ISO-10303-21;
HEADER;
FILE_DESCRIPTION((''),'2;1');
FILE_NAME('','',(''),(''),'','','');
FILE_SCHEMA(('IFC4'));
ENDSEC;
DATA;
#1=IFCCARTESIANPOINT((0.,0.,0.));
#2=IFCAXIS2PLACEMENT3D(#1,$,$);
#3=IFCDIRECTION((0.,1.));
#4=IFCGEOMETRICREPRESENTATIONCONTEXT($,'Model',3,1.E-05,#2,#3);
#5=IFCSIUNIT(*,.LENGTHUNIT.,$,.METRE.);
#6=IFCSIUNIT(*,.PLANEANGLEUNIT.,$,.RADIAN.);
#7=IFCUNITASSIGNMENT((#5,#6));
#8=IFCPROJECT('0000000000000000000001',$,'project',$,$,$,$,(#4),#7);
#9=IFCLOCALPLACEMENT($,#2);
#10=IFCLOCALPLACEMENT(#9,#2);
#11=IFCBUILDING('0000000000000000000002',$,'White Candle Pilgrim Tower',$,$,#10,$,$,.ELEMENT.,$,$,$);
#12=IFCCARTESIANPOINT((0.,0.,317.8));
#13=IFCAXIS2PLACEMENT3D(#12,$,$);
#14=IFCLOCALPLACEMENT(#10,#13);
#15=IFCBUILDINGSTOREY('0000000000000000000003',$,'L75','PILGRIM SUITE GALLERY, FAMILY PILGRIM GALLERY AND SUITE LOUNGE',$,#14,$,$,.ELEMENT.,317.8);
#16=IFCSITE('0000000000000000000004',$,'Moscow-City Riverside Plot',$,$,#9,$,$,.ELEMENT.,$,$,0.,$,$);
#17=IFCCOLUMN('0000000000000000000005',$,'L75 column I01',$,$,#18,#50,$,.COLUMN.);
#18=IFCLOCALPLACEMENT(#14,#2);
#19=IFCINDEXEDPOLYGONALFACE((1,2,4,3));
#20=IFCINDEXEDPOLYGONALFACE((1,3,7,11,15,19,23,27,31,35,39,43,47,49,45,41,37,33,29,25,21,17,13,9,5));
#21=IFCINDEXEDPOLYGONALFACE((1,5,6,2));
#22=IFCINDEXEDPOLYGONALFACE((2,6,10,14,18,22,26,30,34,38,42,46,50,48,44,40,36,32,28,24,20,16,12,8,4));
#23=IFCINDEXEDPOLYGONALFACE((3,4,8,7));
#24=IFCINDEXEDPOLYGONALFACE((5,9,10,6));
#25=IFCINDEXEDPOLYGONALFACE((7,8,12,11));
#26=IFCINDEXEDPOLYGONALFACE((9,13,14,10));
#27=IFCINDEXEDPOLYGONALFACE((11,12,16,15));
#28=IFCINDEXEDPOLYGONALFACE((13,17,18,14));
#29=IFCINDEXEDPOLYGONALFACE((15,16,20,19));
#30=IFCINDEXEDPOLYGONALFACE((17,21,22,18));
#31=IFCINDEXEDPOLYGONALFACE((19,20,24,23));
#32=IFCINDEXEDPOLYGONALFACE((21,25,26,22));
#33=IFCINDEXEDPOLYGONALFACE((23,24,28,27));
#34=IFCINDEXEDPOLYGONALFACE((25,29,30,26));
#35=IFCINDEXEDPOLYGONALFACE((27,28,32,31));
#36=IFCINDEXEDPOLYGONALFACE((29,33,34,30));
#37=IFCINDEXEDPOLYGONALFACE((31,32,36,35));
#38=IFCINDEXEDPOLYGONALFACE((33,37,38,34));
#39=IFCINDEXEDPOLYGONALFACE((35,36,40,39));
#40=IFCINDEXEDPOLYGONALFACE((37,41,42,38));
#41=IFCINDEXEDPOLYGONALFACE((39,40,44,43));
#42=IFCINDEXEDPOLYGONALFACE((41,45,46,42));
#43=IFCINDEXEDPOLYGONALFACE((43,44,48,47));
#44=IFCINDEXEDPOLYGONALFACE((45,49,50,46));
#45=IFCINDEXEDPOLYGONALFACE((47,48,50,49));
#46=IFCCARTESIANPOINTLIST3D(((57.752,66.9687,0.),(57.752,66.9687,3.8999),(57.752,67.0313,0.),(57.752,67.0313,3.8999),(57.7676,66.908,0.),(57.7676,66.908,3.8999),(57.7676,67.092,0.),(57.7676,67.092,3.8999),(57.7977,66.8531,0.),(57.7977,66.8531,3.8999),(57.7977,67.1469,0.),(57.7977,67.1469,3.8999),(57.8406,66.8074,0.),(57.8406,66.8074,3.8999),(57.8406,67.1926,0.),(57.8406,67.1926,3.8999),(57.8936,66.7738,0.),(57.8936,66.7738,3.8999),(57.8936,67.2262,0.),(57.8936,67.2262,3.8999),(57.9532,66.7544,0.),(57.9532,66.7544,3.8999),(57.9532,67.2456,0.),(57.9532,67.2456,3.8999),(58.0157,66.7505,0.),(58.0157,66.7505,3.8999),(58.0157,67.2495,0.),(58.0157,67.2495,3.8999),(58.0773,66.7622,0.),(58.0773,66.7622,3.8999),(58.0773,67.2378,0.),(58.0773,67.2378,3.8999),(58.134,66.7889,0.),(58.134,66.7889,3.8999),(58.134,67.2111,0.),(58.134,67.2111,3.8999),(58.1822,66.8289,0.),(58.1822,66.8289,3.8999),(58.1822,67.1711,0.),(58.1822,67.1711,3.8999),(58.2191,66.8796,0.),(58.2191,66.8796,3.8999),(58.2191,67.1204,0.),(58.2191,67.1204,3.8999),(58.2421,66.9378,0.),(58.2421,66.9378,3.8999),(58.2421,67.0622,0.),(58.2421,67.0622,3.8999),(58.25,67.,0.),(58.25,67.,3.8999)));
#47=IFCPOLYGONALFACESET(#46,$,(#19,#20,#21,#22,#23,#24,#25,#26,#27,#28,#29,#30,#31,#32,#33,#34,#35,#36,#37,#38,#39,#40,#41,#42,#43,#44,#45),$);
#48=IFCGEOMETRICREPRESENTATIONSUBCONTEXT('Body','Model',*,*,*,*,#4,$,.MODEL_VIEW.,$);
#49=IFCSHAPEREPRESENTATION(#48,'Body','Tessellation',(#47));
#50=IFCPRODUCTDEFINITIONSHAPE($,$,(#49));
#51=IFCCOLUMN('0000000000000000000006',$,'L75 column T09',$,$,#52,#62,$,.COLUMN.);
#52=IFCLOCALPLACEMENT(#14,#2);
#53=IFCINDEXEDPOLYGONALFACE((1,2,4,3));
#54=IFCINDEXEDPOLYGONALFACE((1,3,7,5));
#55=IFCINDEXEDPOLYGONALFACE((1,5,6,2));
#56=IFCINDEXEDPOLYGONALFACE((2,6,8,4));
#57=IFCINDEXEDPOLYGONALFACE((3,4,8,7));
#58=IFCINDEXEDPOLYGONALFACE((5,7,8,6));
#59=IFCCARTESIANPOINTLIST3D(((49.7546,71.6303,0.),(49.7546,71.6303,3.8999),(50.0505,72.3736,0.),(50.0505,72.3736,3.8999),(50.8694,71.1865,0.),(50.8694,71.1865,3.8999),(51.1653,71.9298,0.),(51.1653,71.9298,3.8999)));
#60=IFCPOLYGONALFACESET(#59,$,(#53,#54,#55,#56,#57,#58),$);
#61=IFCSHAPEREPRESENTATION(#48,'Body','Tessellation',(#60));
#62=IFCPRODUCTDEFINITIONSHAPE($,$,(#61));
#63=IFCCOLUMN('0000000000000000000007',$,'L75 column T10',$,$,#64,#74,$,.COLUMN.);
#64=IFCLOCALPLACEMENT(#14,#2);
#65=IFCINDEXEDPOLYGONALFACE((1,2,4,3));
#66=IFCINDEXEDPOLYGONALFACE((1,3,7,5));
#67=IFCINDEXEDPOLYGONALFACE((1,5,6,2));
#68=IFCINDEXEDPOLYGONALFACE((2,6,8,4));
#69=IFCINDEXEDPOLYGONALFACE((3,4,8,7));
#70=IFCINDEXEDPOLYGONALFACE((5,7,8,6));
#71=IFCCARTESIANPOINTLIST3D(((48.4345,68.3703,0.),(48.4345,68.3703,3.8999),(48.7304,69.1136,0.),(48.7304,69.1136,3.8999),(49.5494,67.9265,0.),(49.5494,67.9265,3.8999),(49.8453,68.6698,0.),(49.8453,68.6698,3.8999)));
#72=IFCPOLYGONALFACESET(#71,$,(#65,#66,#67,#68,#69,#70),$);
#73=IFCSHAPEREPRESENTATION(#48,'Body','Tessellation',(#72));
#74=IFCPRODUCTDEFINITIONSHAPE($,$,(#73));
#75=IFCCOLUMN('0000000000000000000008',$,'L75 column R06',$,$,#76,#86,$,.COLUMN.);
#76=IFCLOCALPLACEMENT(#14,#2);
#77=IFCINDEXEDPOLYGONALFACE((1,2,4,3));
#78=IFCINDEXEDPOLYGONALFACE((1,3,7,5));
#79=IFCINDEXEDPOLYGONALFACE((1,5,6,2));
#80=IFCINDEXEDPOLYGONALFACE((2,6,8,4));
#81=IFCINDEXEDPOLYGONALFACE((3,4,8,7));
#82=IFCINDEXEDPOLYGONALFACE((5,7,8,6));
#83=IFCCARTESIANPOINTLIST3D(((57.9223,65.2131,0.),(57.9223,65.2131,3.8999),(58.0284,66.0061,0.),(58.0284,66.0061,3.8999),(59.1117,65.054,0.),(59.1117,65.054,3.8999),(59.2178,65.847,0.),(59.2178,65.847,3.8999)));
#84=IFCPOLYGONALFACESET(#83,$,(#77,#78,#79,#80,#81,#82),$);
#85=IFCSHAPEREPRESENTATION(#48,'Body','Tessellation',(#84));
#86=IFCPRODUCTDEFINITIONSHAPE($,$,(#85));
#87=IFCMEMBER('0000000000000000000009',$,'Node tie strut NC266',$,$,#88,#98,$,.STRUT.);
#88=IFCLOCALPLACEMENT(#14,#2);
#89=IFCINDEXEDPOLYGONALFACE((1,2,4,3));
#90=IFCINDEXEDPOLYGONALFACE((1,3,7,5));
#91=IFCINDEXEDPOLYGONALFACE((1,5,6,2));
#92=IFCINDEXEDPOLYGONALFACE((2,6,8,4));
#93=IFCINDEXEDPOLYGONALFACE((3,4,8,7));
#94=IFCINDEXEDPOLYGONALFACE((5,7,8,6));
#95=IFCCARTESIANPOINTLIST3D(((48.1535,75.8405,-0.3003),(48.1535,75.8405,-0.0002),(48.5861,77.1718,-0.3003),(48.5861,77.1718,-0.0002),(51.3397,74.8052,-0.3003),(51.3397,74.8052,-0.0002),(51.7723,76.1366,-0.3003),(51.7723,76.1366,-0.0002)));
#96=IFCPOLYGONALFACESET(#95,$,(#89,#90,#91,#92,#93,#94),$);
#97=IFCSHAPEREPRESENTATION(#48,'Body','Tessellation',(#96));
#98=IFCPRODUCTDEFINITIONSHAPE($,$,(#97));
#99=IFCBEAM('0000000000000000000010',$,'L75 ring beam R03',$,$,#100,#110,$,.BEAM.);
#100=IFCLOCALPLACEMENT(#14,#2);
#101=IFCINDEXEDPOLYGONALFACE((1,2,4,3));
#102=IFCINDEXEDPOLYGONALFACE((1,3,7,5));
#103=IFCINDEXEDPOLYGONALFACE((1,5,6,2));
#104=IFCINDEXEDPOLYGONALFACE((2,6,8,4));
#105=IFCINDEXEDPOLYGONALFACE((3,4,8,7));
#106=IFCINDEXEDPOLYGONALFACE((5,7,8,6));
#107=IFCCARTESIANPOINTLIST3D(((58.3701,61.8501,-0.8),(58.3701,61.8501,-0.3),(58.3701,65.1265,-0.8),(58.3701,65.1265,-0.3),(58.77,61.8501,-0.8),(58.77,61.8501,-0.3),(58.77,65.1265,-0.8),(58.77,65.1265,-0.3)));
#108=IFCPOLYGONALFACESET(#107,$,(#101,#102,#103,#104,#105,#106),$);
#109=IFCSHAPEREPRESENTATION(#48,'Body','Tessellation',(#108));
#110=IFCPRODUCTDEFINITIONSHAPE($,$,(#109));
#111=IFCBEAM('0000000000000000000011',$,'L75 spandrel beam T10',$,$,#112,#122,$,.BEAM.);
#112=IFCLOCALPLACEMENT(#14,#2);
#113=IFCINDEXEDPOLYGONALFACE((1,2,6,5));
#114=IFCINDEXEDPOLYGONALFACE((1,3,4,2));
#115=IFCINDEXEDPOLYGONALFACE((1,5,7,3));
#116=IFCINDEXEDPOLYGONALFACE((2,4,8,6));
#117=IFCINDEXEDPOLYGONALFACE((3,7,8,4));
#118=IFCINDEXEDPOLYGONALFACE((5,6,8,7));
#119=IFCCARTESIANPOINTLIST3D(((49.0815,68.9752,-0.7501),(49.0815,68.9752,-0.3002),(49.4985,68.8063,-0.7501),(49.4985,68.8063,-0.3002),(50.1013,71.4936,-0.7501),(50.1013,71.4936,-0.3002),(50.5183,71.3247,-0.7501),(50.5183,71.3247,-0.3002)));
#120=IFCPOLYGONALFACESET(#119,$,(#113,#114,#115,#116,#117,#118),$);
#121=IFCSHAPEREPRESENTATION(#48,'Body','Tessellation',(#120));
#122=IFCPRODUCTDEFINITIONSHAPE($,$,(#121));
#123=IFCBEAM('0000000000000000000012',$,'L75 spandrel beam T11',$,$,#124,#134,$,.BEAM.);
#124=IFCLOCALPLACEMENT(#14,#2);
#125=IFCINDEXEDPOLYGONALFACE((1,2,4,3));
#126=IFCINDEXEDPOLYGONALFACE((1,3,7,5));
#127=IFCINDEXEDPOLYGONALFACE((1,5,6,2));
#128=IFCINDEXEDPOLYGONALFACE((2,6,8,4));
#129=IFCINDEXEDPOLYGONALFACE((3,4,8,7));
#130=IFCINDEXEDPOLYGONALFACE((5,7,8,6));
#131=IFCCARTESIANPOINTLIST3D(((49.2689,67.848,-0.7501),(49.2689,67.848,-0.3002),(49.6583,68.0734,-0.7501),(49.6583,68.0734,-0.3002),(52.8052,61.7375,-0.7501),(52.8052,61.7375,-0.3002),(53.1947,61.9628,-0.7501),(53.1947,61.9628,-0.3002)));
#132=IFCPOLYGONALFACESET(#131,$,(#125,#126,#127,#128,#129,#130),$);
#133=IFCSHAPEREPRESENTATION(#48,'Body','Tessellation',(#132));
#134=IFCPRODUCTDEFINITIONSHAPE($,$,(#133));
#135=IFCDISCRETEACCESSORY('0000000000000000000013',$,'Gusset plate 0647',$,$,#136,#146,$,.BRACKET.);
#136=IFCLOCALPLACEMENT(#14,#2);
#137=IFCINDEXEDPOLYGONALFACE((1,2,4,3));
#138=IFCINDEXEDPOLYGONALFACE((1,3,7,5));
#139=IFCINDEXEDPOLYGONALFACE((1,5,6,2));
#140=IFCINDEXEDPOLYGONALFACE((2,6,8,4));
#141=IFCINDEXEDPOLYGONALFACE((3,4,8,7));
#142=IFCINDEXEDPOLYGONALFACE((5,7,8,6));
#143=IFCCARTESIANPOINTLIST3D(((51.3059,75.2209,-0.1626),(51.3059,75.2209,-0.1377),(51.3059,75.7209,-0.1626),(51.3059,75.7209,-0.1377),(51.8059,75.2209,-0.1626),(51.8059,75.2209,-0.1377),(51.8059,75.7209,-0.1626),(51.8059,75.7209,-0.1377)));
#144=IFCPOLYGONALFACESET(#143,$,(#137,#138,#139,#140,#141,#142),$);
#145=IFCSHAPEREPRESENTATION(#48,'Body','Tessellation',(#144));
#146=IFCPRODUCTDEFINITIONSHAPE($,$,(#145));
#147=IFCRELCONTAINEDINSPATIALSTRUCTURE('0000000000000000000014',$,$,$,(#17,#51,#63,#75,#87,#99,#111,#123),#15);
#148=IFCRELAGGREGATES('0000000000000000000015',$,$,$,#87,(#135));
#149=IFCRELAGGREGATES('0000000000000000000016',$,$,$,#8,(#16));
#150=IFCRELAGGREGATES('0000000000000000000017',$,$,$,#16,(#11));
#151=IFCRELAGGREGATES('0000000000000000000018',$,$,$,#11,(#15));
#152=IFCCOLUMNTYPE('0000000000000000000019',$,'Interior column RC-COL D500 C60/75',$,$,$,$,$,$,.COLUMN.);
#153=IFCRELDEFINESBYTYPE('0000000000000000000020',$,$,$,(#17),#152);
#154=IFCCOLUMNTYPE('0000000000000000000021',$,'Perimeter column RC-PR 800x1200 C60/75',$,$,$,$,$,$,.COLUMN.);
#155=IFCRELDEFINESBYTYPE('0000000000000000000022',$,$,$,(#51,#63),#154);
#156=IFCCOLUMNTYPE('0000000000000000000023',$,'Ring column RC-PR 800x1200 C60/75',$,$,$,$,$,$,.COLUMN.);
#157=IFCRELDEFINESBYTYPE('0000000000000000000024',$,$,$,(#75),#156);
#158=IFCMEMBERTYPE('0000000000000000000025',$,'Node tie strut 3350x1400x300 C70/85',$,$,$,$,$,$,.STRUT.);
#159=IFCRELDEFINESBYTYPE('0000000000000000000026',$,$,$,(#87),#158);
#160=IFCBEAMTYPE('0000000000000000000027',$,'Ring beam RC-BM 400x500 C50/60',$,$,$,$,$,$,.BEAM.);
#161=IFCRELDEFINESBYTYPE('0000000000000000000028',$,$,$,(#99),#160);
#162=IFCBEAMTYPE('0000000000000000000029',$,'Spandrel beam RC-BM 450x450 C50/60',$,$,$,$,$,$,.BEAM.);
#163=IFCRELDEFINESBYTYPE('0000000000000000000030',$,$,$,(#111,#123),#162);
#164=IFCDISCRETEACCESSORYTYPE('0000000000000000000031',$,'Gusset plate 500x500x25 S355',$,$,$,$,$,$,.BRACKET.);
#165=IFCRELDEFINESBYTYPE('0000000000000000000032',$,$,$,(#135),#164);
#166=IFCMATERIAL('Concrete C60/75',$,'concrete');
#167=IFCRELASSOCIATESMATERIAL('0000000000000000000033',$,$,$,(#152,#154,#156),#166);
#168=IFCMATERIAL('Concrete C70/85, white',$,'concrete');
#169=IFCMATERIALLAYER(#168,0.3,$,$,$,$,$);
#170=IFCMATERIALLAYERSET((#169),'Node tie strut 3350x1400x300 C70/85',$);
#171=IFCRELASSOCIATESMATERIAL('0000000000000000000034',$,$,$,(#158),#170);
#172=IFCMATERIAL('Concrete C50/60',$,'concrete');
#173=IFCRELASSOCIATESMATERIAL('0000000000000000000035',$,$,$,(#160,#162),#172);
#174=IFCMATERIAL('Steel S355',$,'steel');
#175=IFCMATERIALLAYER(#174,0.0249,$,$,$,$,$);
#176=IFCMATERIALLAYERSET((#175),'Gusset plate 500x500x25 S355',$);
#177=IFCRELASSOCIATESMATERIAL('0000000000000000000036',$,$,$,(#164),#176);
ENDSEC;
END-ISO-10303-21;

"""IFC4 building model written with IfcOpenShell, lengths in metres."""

from ifc_helpers import new_model, si_unit, direction, frame, origin, origin_2d, place, context, subcontext, project, spatial, rectangle, circle, extrude, material, layer, layer_set, material_profile, profile_set, type_object, element, aggregate, save


model = new_model("IFC4")

# Units and contexts
model_context = context("Model", 3, precision=1e-05, world=origin(), true_north=direction((0.0, 1.0)))
body_context = subcontext(model_context, "Body", "Model", "MODEL_VIEW")
ifc_project = project(units=[si_unit("LENGTHUNIT", "METRE"), si_unit("PLANEANGLEUNIT", "RADIAN")], contexts=[model_context])

# Site, building, storey
site_placement = place(None, origin())
site = spatial("IfcSite", under=ifc_project, at=site_placement, Name="Moscow-City Riverside Plot", CompositionType="ELEMENT", RefElevation=0.0)
building_placement = place(site_placement, origin())
building = spatial("IfcBuilding", under=site, at=building_placement, Name="White Candle Pilgrim Tower", CompositionType="ELEMENT")
storey_placement = place(building_placement, frame((0.0, 0.0, 317.8)))
storey = spatial("IfcBuildingStorey", under=building, at=storey_placement, Name="L75", Description="PILGRIM SUITE GALLERY, FAMILY PILGRIM GALLERY AND SUITE LOUNGE", CompositionType="ELEMENT", Elevation=317.8)

# Columns
ifc_material_1 = material(Name="Concrete C60/75", Category="concrete")
ifc_material_profile_1 = material_profile(ifc_material_1, circle(Radius=0.25, at=origin_2d()), Name="RC-COL D500")
ifc_profile_set_1 = profile_set([ifc_material_profile_1], Name="Concrete C60/75")
column_type_1 = type_object("IfcColumnType", Name="Interior column RC-COL D500 C60/75", PredefinedType="COLUMN", material=ifc_profile_set_1)
column_1_placement = place(storey_placement, frame((58.0, 67.0, 0.0), z_axis=(0.0, 0.0, 1.0), x_axis=(1.0, 0.0, 0.0)))
element("IfcColumn", 1, at=column_1_placement, inside=storey, type_object=column_type_1, Name="L75 column I01", PredefinedType="COLUMN", context=body_context, shape_type="SweptSolid", body=[
    extrude(circle(Radius=0.25, at=origin_2d()), origin(), (0.0, 0.0, 1.0), 3.8999),
])
ifc_material_profile_2 = material_profile(ifc_material_1, rectangle(XDim=0.8, YDim=1.2, at=origin_2d()), Name="RC-PR 800x1200")
ifc_profile_set_2 = profile_set([ifc_material_profile_2], Name="Concrete C60/75")
column_type_2 = type_object("IfcColumnType", Name="Perimeter column RC-PR 800x1200 C60/75", PredefinedType="COLUMN", material=ifc_profile_set_2)
for number, where, z_axis, x_axis, name in (
    (2, (50.46, 71.78, 0.0), (0.0, 0.0, 1.0), (0.36986, 0.929087, 0.0), "L75 column T09"),
    (3, (49.1399, 68.52, 0.0), (0.0, 0.0, 1.0), (0.36986, 0.929087, 0.0), "L75 column T10"),
):
    element("IfcColumn", number, at=place(storey_placement, frame(where, z_axis=z_axis, x_axis=x_axis)), inside=storey, type_object=column_type_2, Name=name, PredefinedType="COLUMN", context=body_context, shape_type="SweptSolid", body=[
        extrude(rectangle(XDim=0.8, YDim=1.2, at=origin_2d()), origin(), (0.0, 0.0, 1.0), 3.8999),
    ])
ifc_material_profile_3 = material_profile(ifc_material_1, rectangle(XDim=0.8, YDim=1.2, at=origin_2d()), Name="RC-PR 800x1200")
ifc_profile_set_3 = profile_set([ifc_material_profile_3], Name="Concrete C60/75")
column_type_3 = type_object("IfcColumnType", Name="Ring column RC-PR 800x1200 C60/75", PredefinedType="COLUMN", material=ifc_profile_set_3)
column_2_placement = place(storey_placement, frame((58.5701, 65.53, 0.0), z_axis=(0.0, 0.0, 1.0), x_axis=(0.132602, 0.991169, 0.0)))
element("IfcColumn", 4, at=column_2_placement, inside=storey, type_object=column_type_3, Name="L75 column R06", PredefinedType="COLUMN", context=body_context, shape_type="SweptSolid", body=[
    extrude(rectangle(XDim=0.8, YDim=1.2, at=origin_2d()), origin(), (0.0, 0.0, 1.0), 3.8999),
])

# Member
ifc_material_2 = material(Name="Concrete C70/85, white", Category="concrete")
ifc_layer_1 = layer(ifc_material_2, 0.3)
ifc_layer_set_1 = layer_set([ifc_layer_1], Name="Node tie strut 3350x1400x300 C70/85")
member_type = type_object("IfcMemberType", Name="Node tie strut 3350x1400x300 C70/85", PredefinedType="STRUT", material=ifc_layer_set_1)
member_placement = place(storey_placement, frame((49.9629, 75.9885, -0.3003), z_axis=(0.0, 0.0, 1.0), x_axis=(-0.309017, -0.951057, 0.0)))
member = element("IfcMember", 5, at=member_placement, inside=storey, type_object=member_type, Name="Node tie strut NC266", PredefinedType="STRUT", context=body_context, shape_type="SweptSolid", body=[
    extrude(rectangle(XDim=1.3999, YDim=3.3501, at=origin_2d()), origin(), (0.0, 0.0, 1.0), 0.3),
])

# Beams
ifc_material_3 = material(Name="Concrete C50/60", Category="concrete")
ifc_material_profile_4 = material_profile(ifc_material_3, rectangle(XDim=0.3999, YDim=0.5, at=origin_2d()), Name="RC-BM 400x500")
ifc_profile_set_4 = profile_set([ifc_material_profile_4], Name="Concrete C50/60")
beam_type_1 = type_object("IfcBeamType", Name="Ring beam RC-BM 400x500 C50/60", PredefinedType="BEAM", material=ifc_profile_set_4)
beam_1_placement = place(storey_placement, frame((58.5701, 65.1265, -0.55), z_axis=(0.0, -1.0, 0.0), x_axis=(1.0, 0.0, 0.0)))
element("IfcBeam", 6, at=beam_1_placement, inside=storey, type_object=beam_type_1, Name="L75 ring beam R03", PredefinedType="BEAM", context=body_context, shape_type="SweptSolid", body=[
    extrude(rectangle(XDim=0.3999, YDim=0.5, at=origin_2d()), origin(), (0.0, 0.0, 1.0), 3.2764),
])
ifc_material_profile_5 = material_profile(ifc_material_3, rectangle(XDim=0.45, YDim=0.45, at=origin_2d()), Name="RC-BM 450x450")
ifc_profile_set_5 = profile_set([ifc_material_profile_5], Name="Concrete C50/60")
beam_type_2 = type_object("IfcBeamType", Name="Spandrel beam RC-BM 450x450 C50/60", PredefinedType="BEAM", material=ifc_profile_set_5)
beam_2_placement = place(storey_placement, frame((50.3098, 71.4092, -0.5251), z_axis=(-0.375338, -0.926888, 0.0), x_axis=(0.926888, -0.375338, 0.0)))
element("IfcBeam", 7, at=beam_2_placement, inside=storey, type_object=beam_type_2, Name="L75 spandrel beam T10", PredefinedType="BEAM", context=body_context, shape_type="SweptSolid", body=[
    extrude(rectangle(XDim=0.45, YDim=0.45, at=origin_2d()), origin(), (0.0, 0.0, 1.0), 2.717),
])
beam_3_placement = place(storey_placement, frame((49.4636, 67.9607, -0.5251), z_axis=(0.500894, -0.865508, 0.0), x_axis=(0.865508, 0.500894, 0.0)))
element("IfcBeam", 8, at=beam_3_placement, inside=storey, type_object=beam_type_2, Name="L75 spandrel beam T11", PredefinedType="BEAM", context=body_context, shape_type="SweptSolid", body=[
    extrude(rectangle(XDim=0.45, YDim=0.45, at=origin_2d()), origin(), (0.0, 0.0, 1.0), 7.0601),
])

# Discrete accessory
ifc_material_4 = material(Name="Steel S355", Category="steel")
ifc_layer_2 = layer(ifc_material_4, 0.0249)
ifc_layer_set_2 = layer_set([ifc_layer_2], Name="Gusset plate 500x500x25 S355")
discrete_accessory_type = type_object("IfcDiscreteAccessoryType", Name="Gusset plate 500x500x25 S355", PredefinedType="BRACKET", material=ifc_layer_set_2)
discrete_accessory_placement = place(storey_placement, frame((51.5559, 75.4709, -0.1626), z_axis=(0.0, 0.0, 1.0), x_axis=(1.0, 0.0, 0.0)))
discrete_accessory = element("IfcDiscreteAccessory", 9, at=discrete_accessory_placement, type_object=discrete_accessory_type, Name="Gusset plate 0647", PredefinedType="BRACKET", context=body_context, shape_type="SweptSolid", body=[
    extrude(rectangle(XDim=0.5, YDim=0.5, at=origin_2d()), origin(), (0.0, 0.0, 1.0), 0.0249),
])
aggregate(member, [discrete_accessory])

save(model, "model.ifc")
